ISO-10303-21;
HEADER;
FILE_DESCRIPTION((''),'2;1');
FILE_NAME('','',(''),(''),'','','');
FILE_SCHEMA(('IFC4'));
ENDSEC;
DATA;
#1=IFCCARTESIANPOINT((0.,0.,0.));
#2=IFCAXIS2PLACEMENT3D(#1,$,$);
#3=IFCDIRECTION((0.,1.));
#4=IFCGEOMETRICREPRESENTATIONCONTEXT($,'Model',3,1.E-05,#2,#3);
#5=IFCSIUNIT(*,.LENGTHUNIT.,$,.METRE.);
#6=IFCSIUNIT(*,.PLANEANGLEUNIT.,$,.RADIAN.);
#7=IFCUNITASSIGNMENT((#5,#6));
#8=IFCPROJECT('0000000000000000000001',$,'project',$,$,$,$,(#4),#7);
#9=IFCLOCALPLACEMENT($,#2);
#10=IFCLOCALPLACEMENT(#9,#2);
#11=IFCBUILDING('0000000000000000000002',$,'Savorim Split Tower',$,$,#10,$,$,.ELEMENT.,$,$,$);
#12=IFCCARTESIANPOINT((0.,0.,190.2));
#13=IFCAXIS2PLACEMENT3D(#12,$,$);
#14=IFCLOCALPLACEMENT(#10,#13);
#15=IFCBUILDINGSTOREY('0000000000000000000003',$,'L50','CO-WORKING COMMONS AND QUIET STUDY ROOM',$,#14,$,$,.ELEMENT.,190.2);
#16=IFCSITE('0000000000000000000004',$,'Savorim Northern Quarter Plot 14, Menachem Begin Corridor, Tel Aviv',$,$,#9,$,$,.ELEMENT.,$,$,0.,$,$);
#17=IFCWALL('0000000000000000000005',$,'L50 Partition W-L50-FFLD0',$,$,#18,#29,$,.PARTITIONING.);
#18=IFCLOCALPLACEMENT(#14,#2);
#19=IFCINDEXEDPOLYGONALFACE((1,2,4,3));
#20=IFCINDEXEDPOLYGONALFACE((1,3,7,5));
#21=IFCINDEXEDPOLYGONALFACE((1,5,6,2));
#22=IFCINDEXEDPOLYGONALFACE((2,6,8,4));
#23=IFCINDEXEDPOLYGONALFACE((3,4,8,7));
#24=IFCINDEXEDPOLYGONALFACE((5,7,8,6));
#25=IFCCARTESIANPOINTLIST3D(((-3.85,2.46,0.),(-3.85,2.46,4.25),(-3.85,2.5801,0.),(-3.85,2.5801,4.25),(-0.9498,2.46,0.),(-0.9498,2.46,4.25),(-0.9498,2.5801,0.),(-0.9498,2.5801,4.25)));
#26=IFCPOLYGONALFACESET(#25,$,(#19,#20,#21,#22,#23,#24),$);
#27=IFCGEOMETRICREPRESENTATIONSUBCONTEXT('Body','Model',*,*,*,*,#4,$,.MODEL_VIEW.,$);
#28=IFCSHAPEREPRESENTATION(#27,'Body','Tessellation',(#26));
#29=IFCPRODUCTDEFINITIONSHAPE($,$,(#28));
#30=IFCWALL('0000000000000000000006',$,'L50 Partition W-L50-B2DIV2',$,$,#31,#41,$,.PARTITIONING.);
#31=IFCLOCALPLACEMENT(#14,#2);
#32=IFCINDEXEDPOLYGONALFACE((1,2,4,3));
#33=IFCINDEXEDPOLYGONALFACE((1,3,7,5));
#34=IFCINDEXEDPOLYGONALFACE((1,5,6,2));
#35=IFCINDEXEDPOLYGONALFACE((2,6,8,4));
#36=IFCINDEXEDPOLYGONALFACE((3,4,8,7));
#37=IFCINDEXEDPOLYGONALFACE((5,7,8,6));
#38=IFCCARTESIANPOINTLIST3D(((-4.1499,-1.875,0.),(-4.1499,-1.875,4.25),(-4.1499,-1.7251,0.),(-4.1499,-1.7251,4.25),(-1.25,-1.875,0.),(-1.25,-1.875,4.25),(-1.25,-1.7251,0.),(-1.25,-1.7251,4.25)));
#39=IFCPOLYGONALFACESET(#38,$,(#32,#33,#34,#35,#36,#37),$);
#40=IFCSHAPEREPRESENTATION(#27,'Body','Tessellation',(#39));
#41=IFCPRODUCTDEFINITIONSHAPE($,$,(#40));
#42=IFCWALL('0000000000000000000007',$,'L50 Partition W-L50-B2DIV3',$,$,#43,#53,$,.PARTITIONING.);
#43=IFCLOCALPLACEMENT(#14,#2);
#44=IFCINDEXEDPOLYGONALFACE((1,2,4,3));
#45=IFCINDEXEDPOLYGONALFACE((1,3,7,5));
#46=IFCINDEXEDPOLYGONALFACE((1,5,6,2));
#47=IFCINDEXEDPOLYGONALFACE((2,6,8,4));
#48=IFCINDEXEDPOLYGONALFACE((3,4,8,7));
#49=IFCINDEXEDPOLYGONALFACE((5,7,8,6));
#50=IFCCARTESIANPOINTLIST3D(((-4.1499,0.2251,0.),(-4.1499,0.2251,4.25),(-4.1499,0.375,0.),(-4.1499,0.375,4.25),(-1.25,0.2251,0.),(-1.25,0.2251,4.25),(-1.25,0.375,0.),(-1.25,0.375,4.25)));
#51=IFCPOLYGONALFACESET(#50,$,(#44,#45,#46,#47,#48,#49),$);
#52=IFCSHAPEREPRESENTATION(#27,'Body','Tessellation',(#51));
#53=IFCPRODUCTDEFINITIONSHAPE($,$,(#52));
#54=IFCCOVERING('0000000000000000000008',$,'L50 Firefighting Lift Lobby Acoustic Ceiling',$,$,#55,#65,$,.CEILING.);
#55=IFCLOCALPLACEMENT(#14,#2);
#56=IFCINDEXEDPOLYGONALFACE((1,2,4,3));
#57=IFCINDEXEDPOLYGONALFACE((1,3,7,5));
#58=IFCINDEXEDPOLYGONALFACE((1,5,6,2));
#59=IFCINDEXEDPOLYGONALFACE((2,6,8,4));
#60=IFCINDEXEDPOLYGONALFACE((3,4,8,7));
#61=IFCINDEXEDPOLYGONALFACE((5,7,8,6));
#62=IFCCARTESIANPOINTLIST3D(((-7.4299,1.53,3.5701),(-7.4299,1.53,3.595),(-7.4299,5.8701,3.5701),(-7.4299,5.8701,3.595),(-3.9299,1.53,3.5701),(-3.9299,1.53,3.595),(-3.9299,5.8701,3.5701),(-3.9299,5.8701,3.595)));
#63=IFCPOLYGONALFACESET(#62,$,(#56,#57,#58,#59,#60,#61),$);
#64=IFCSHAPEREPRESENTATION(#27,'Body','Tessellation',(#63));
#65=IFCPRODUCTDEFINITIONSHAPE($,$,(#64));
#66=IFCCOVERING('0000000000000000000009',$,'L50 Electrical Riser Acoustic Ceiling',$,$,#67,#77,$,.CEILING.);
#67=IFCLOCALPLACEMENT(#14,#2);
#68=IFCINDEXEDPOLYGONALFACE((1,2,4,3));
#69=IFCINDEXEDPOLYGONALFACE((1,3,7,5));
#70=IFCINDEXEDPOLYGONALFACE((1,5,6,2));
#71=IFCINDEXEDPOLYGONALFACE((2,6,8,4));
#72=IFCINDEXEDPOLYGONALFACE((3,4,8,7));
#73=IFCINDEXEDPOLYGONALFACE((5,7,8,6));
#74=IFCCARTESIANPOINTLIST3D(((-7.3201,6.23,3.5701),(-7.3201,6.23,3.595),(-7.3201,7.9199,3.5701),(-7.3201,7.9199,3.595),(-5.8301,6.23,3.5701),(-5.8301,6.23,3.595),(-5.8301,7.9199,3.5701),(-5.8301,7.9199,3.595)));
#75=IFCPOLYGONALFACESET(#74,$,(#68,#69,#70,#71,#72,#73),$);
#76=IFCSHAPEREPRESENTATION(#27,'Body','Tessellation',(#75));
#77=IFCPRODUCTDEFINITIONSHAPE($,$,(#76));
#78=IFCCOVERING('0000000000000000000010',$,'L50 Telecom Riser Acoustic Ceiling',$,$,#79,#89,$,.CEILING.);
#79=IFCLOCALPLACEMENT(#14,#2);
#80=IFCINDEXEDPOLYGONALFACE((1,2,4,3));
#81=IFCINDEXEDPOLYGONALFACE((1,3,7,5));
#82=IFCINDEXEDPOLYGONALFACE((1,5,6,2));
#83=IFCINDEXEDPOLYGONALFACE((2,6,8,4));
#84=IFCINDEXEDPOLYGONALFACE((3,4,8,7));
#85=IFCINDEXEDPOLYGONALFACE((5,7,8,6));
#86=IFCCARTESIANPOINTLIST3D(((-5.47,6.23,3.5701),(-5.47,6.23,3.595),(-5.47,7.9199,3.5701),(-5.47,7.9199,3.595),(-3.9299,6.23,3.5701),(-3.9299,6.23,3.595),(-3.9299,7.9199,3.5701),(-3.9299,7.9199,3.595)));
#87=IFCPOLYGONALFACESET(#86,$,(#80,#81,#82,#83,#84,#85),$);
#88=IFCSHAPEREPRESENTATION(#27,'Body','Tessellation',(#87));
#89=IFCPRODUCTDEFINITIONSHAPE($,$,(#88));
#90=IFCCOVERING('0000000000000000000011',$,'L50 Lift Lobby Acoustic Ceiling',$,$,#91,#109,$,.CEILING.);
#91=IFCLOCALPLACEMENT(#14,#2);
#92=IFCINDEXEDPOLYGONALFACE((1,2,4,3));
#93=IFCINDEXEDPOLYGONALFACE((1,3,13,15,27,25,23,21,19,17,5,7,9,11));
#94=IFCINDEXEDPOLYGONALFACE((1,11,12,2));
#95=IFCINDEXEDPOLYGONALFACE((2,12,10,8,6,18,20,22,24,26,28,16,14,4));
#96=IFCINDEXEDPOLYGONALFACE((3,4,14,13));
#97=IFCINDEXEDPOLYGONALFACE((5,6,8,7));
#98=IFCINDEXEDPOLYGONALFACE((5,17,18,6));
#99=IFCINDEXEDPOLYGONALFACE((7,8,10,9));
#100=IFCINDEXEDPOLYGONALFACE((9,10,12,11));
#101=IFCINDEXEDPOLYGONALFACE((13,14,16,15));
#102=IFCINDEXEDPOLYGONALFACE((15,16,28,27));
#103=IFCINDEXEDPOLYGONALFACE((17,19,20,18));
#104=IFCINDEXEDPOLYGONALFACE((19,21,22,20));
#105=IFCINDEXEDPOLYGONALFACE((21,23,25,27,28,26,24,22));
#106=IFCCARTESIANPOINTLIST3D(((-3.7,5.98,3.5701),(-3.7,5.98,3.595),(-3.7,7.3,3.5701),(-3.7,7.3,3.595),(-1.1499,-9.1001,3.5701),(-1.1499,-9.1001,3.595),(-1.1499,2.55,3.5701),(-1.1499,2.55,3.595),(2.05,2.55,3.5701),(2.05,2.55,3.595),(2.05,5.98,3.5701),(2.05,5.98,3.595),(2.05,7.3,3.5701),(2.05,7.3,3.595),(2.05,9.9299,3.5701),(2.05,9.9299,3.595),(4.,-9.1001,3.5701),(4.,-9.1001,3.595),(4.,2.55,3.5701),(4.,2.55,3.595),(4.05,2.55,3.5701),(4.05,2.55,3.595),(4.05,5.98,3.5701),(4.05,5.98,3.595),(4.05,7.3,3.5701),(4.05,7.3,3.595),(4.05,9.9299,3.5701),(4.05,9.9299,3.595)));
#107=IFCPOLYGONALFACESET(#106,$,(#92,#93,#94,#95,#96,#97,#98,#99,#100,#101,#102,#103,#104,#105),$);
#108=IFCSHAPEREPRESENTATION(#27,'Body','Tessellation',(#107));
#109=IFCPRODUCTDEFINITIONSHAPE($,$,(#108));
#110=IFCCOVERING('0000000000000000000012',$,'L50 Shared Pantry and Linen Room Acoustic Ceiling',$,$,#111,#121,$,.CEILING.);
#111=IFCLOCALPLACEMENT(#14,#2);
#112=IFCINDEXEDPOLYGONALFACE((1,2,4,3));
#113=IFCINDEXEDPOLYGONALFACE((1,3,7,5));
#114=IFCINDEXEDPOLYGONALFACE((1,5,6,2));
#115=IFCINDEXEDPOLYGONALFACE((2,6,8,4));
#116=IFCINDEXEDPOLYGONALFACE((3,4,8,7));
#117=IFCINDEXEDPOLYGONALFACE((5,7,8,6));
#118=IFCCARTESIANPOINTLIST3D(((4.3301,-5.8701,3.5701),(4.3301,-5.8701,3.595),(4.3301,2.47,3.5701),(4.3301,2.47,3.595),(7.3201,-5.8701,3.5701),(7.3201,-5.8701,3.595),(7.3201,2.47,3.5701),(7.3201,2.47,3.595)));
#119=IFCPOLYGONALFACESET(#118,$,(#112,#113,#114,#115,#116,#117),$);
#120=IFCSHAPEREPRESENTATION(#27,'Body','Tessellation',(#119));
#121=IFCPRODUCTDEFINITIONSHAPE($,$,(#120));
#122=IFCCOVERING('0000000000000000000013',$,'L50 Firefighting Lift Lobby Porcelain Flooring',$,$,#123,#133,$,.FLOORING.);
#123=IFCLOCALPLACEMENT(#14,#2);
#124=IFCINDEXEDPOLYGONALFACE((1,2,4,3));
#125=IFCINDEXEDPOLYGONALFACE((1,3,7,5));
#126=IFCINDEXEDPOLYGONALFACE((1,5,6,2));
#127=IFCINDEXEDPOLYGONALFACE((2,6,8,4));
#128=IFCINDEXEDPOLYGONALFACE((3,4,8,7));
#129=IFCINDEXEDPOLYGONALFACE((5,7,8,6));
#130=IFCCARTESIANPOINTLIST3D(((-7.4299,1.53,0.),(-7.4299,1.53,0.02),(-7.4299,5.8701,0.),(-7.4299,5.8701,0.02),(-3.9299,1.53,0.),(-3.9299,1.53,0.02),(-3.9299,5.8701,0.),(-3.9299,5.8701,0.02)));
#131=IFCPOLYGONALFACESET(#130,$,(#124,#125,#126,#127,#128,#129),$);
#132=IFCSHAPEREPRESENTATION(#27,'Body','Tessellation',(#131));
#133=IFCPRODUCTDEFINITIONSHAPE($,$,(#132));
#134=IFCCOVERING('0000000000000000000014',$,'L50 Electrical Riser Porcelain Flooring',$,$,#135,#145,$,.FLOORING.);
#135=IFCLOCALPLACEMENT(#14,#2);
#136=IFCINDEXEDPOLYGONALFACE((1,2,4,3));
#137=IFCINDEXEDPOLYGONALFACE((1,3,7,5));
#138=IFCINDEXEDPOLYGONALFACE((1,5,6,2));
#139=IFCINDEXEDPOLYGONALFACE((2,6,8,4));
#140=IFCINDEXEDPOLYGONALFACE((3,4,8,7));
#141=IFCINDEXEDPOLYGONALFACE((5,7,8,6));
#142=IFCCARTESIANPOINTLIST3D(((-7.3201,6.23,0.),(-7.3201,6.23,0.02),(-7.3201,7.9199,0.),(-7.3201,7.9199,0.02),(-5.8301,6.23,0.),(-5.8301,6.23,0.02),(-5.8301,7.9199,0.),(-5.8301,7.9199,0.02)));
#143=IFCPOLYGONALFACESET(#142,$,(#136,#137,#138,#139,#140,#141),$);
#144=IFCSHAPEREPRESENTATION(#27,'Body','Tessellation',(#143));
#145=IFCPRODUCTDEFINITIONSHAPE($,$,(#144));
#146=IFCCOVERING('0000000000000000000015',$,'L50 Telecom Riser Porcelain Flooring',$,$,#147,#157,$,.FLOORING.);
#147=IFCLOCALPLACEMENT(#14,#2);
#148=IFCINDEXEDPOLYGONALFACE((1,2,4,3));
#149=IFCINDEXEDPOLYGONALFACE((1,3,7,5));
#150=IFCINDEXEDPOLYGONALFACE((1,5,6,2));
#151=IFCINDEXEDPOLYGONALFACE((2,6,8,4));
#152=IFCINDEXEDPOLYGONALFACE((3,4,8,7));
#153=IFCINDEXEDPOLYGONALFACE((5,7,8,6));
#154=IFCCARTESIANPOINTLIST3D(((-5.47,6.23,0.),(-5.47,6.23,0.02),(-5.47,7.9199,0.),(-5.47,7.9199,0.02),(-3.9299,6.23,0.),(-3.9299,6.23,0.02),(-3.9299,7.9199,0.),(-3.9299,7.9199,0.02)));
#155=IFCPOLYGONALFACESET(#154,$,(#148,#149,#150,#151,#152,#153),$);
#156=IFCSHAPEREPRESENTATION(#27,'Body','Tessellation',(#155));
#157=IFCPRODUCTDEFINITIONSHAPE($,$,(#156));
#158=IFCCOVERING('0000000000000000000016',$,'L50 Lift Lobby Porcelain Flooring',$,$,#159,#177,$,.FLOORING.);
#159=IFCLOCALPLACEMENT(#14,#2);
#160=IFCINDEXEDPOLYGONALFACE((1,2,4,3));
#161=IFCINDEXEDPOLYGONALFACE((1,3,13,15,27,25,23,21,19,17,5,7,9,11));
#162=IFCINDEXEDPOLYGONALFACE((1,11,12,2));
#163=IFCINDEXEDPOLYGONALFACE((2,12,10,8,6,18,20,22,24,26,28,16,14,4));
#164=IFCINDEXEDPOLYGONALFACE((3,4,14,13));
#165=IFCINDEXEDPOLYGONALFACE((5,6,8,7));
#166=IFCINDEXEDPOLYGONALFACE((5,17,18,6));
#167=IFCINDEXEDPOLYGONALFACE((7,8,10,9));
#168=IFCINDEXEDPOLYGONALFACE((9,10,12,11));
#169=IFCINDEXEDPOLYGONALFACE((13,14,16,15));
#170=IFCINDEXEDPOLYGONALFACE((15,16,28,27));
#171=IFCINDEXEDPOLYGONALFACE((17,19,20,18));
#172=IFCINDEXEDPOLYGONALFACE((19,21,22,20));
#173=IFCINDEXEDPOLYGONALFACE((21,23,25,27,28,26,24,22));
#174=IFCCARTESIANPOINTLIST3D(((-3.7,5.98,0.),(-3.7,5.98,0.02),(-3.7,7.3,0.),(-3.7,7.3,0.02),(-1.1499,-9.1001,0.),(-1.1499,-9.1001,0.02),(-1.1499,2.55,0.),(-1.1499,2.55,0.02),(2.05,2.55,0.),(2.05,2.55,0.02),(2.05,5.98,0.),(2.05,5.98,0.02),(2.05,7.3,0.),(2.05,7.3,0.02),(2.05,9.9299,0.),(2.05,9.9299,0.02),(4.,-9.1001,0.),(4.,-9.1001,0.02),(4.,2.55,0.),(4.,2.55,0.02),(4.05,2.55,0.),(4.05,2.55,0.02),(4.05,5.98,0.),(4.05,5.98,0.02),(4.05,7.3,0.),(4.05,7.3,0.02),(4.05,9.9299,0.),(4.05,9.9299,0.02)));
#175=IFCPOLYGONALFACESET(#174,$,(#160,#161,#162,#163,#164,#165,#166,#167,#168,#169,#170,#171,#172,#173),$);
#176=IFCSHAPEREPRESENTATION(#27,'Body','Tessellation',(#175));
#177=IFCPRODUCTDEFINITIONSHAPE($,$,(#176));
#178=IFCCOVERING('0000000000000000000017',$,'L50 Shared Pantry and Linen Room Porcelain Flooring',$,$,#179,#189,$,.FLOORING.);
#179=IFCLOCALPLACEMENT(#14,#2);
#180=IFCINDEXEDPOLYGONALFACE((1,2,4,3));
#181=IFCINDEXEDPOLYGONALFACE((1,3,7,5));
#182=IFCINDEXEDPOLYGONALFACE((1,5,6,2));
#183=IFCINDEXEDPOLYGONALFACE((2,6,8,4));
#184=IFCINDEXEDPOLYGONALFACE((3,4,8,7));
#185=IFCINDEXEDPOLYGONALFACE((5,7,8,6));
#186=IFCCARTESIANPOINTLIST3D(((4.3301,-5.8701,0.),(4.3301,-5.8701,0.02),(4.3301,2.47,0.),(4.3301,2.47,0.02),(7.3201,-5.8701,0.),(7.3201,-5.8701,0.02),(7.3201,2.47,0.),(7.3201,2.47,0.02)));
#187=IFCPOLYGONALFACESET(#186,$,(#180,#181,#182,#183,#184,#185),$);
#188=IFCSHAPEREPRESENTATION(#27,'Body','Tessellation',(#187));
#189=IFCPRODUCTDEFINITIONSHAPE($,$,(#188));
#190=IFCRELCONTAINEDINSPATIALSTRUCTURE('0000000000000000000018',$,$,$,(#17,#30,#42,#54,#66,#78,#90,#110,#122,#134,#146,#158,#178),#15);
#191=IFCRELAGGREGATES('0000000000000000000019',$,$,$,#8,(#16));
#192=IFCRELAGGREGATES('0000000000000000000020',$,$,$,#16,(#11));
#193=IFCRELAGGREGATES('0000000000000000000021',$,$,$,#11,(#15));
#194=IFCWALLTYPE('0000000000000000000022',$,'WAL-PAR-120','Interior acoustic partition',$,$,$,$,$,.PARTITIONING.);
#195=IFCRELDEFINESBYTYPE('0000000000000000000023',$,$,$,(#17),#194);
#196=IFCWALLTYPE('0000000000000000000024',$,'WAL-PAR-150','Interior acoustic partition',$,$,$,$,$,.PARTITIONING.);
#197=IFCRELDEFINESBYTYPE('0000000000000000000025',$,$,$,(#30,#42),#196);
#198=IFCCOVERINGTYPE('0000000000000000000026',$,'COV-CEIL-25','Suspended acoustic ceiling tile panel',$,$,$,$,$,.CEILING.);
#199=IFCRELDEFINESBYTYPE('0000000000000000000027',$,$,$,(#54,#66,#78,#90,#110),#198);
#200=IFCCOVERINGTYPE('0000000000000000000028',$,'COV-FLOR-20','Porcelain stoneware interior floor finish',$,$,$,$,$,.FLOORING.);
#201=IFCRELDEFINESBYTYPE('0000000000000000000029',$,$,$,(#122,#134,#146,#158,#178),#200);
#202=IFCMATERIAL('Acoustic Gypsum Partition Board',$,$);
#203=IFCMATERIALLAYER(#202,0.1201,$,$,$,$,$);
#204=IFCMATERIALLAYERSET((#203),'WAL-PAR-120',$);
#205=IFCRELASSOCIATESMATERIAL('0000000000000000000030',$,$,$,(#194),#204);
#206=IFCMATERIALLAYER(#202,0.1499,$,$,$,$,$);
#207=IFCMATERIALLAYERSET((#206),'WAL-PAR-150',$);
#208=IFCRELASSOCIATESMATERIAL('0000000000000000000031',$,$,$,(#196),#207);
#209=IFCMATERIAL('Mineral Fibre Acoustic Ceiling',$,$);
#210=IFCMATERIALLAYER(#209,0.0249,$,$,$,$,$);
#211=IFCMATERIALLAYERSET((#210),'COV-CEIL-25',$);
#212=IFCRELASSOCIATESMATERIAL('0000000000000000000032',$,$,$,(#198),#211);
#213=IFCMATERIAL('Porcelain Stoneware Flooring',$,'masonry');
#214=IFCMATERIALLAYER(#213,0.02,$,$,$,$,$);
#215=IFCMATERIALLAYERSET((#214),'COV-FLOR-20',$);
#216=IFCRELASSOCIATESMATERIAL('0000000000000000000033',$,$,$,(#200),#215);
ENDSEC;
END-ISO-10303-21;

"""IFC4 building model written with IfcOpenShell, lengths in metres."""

from ifc_helpers import new_model, si_unit, direction, frame, frame_2d, origin, place, context, subcontext, project, spatial, polyline, rectangle, outline, extrude, material, layer, layer_set, type_object, element, save


model = new_model("IFC4")

# Units and contexts
model_context = context("Model", 3, precision=1e-05, world=origin(), true_north=direction((0.0, 1.0)))
body_context = subcontext(model_context, "Body", "Model", "MODEL_VIEW")
ifc_project = project(units=[si_unit("LENGTHUNIT", "METRE"), si_unit("PLANEANGLEUNIT", "RADIAN")], contexts=[model_context])

# Site, building, storey
site_placement = place(None, origin())
site = spatial("IfcSite", under=ifc_project, at=site_placement, Name="Savorim Northern Quarter Plot 14, Menachem Begin Corridor, Tel Aviv", CompositionType="ELEMENT", RefElevation=0.0)
building_placement = place(site_placement, origin())
building = spatial("IfcBuilding", under=site, at=building_placement, Name="Savorim Split Tower", CompositionType="ELEMENT")
storey_placement = place(building_placement, frame((0.0, 0.0, 190.2)))
storey = spatial("IfcBuildingStorey", under=building, at=storey_placement, Name="L50", Description="CO-WORKING COMMONS AND QUIET STUDY ROOM", CompositionType="ELEMENT", Elevation=190.2)

# Walls
ifc_material_1 = material(Name="Acoustic Gypsum Partition Board")
ifc_layer_1 = layer(ifc_material_1, 0.1201)
ifc_layer_set_1 = layer_set([ifc_layer_1], Name="WAL-PAR-120")
wall_type_1 = type_object("IfcWallType", Name="WAL-PAR-120", Description="Interior acoustic partition", PredefinedType="PARTITIONING", material=ifc_layer_set_1)
wall_1_placement = place(storey_placement, frame((-3.8501, 2.52, 0.0), z_axis=(0.0, 0.0, 1.0), x_axis=(1.0, 0.0, 0.0)))
element("IfcWall", 1, at=wall_1_placement, inside=storey, type_object=wall_type_1, Name="L50 Partition W-L50-FFLD0", PredefinedType="PARTITIONING", context=body_context, shape_type="SweptSolid", body=[
    extrude(rectangle(XDim=2.9001, YDim=0.1201, at=frame_2d((1.4502, 0.0))), origin(), (0.0, 0.0, 1.0), 4.25),
])
ifc_layer_2 = layer(ifc_material_1, 0.1499)
ifc_layer_set_2 = layer_set([ifc_layer_2], Name="WAL-PAR-150")
wall_type_2 = type_object("IfcWallType", Name="WAL-PAR-150", Description="Interior acoustic partition", PredefinedType="PARTITIONING", material=ifc_layer_set_2)
for number, where, z_axis, x_axis, name in (
    (2, (-4.1499, -1.8, 0.0), (0.0, 0.0, 1.0), (1.0, 0.0, 0.0), "L50 Partition W-L50-B2DIV2"),
    (3, (-4.1499, 0.3, 0.0), (0.0, 0.0, 1.0), (1.0, 0.0, 0.0), "L50 Partition W-L50-B2DIV3"),
):
    element("IfcWall", number, at=place(storey_placement, frame(where, z_axis=z_axis, x_axis=x_axis)), inside=storey, type_object=wall_type_2, Name=name, PredefinedType="PARTITIONING", context=body_context, shape_type="SweptSolid", body=[
        extrude(rectangle(XDim=2.8999, YDim=0.1499, at=frame_2d((1.45, 0.0))), origin(), (0.0, 0.0, 1.0), 4.25),
    ])

# Coverings
ifc_material_2 = material(Name="Mineral Fibre Acoustic Ceiling")
ifc_layer_3 = layer(ifc_material_2, 0.0249)
ifc_layer_set_3 = layer_set([ifc_layer_3], Name="COV-CEIL-25")
covering_type_1 = type_object("IfcCoveringType", Name="COV-CEIL-25", Description="Suspended acoustic ceiling tile panel", PredefinedType="CEILING", material=ifc_layer_set_3)
covering_1_placement = place(storey_placement, frame((0.0, 0.0, 3.5701)))
element("IfcCovering", 4, at=covering_1_placement, inside=storey, type_object=covering_type_1, Name="L50 Firefighting Lift Lobby Acoustic Ceiling", PredefinedType="CEILING", context=body_context, shape_type="SweptSolid", body=[
    extrude(outline(polyline([(-7.4299, 5.8701), (-7.4299, 1.53), (-3.9299, 1.53), (-3.9299, 5.8701), (-7.4299, 5.8701)])), origin(), (0.0, 0.0, 1.0), 0.0249),
])
covering_2_placement = place(storey_placement, frame((0.0, 0.0, 3.5701)))
element("IfcCovering", 5, at=covering_2_placement, inside=storey, type_object=covering_type_1, Name="L50 Electrical Riser Acoustic Ceiling", PredefinedType="CEILING", context=body_context, shape_type="SweptSolid", body=[
    extrude(outline(polyline([(-7.3201, 7.9199), (-7.3201, 6.23), (-5.8301, 6.23), (-5.8301, 7.9199), (-7.3201, 7.9199)])), origin(), (0.0, 0.0, 1.0), 0.0249),
])
covering_3_placement = place(storey_placement, frame((0.0, 0.0, 3.5701)))
element("IfcCovering", 6, at=covering_3_placement, inside=storey, type_object=covering_type_1, Name="L50 Telecom Riser Acoustic Ceiling", PredefinedType="CEILING", context=body_context, shape_type="SweptSolid", body=[
    extrude(outline(polyline([(-5.47, 7.9199), (-5.47, 6.23), (-3.9299, 6.23), (-3.9299, 7.9199), (-5.47, 7.9199)])), origin(), (0.0, 0.0, 1.0), 0.0249),
])
covering_4_placement = place(storey_placement, frame((0.0, 0.0, 3.5701)))
element("IfcCovering", 7, at=covering_4_placement, inside=storey, type_object=covering_type_1, Name="L50 Lift Lobby Acoustic Ceiling", PredefinedType="CEILING", context=body_context, shape_type="SweptSolid", body=[
    extrude(outline(polyline([(2.05, 2.55), (-1.1499, 2.55), (-1.1499, -9.1001), (4.0, -9.1001), (4.0, 2.55), (4.05, 2.55), (4.05, 5.98), (4.05, 7.3), (4.05, 9.9299), (2.05, 9.9299), (2.05, 7.3), (-3.7, 7.3), (-3.7, 5.98), (2.05, 5.98), (2.05, 2.55)])), origin(), (0.0, 0.0, 1.0), 0.0249),
])
covering_5_placement = place(storey_placement, frame((0.0, 0.0, 3.5701)))
element("IfcCovering", 8, at=covering_5_placement, inside=storey, type_object=covering_type_1, Name="L50 Shared Pantry and Linen Room Acoustic Ceiling", PredefinedType="CEILING", context=body_context, shape_type="SweptSolid", body=[
    extrude(outline(polyline([(4.3301, 2.47), (4.3301, -5.8701), (7.3201, -5.8701), (7.3201, 2.47), (4.3301, 2.47)])), origin(), (0.0, 0.0, 1.0), 0.0249),
])
ifc_material_3 = material(Name="Porcelain Stoneware Flooring", Category="masonry")
ifc_layer_4 = layer(ifc_material_3, 0.02)
ifc_layer_set_4 = layer_set([ifc_layer_4], Name="COV-FLOR-20")
covering_type_2 = type_object("IfcCoveringType", Name="COV-FLOR-20", Description="Porcelain stoneware interior floor finish", PredefinedType="FLOORING", material=ifc_layer_set_4)
covering_6_placement = place(storey_placement, origin())
element("IfcCovering", 9, at=covering_6_placement, inside=storey, type_object=covering_type_2, Name="L50 Firefighting Lift Lobby Porcelain Flooring", PredefinedType="FLOORING", context=body_context, shape_type="SweptSolid", body=[
    extrude(outline(polyline([(-7.4299, 5.8701), (-7.4299, 1.53), (-3.9299, 1.53), (-3.9299, 5.8701), (-7.4299, 5.8701)])), origin(), (0.0, 0.0, 1.0), 0.02),
])
covering_7_placement = place(storey_placement, origin())
element("IfcCovering", 10, at=covering_7_placement, inside=storey, type_object=covering_type_2, Name="L50 Electrical Riser Porcelain Flooring", PredefinedType="FLOORING", context=body_context, shape_type="SweptSolid", body=[
    extrude(outline(polyline([(-7.3201, 7.9199), (-7.3201, 6.23), (-5.8301, 6.23), (-5.8301, 7.9199), (-7.3201, 7.9199)])), origin(), (0.0, 0.0, 1.0), 0.02),
])
covering_8_placement = place(storey_placement, origin())
element("IfcCovering", 11, at=covering_8_placement, inside=storey, type_object=covering_type_2, Name="L50 Telecom Riser Porcelain Flooring", PredefinedType="FLOORING", context=body_context, shape_type="SweptSolid", body=[
    extrude(outline(polyline([(-5.47, 7.9199), (-5.47, 6.23), (-3.9299, 6.23), (-3.9299, 7.9199), (-5.47, 7.9199)])), origin(), (0.0, 0.0, 1.0), 0.02),
])
covering_9_placement = place(storey_placement, origin())
element("IfcCovering", 12, at=covering_9_placement, inside=storey, type_object=covering_type_2, Name="L50 Lift Lobby Porcelain Flooring", PredefinedType="FLOORING", context=body_context, shape_type="SweptSolid", body=[
    extrude(outline(polyline([(2.05, 2.55), (-1.1499, 2.55), (-1.1499, -9.1001), (4.0, -9.1001), (4.0, 2.55), (4.05, 2.55), (4.05, 5.98), (4.05, 7.3), (4.05, 9.9299), (2.05, 9.9299), (2.05, 7.3), (-3.7, 7.3), (-3.7, 5.98), (2.05, 5.98), (2.05, 2.55)])), origin(), (0.0, 0.0, 1.0), 0.02),
])
covering_10_placement = place(storey_placement, origin())
element("IfcCovering", 13, at=covering_10_placement, inside=storey, type_object=covering_type_2, Name="L50 Shared Pantry and Linen Room Porcelain Flooring", PredefinedType="FLOORING", context=body_context, shape_type="SweptSolid", body=[
    extrude(outline(polyline([(4.3301, 2.47), (4.3301, -5.8701), (7.3201, -5.8701), (7.3201, 2.47), (4.3301, 2.47)])), origin(), (0.0, 0.0, 1.0), 0.02),
])

save(model, "model.ifc")
